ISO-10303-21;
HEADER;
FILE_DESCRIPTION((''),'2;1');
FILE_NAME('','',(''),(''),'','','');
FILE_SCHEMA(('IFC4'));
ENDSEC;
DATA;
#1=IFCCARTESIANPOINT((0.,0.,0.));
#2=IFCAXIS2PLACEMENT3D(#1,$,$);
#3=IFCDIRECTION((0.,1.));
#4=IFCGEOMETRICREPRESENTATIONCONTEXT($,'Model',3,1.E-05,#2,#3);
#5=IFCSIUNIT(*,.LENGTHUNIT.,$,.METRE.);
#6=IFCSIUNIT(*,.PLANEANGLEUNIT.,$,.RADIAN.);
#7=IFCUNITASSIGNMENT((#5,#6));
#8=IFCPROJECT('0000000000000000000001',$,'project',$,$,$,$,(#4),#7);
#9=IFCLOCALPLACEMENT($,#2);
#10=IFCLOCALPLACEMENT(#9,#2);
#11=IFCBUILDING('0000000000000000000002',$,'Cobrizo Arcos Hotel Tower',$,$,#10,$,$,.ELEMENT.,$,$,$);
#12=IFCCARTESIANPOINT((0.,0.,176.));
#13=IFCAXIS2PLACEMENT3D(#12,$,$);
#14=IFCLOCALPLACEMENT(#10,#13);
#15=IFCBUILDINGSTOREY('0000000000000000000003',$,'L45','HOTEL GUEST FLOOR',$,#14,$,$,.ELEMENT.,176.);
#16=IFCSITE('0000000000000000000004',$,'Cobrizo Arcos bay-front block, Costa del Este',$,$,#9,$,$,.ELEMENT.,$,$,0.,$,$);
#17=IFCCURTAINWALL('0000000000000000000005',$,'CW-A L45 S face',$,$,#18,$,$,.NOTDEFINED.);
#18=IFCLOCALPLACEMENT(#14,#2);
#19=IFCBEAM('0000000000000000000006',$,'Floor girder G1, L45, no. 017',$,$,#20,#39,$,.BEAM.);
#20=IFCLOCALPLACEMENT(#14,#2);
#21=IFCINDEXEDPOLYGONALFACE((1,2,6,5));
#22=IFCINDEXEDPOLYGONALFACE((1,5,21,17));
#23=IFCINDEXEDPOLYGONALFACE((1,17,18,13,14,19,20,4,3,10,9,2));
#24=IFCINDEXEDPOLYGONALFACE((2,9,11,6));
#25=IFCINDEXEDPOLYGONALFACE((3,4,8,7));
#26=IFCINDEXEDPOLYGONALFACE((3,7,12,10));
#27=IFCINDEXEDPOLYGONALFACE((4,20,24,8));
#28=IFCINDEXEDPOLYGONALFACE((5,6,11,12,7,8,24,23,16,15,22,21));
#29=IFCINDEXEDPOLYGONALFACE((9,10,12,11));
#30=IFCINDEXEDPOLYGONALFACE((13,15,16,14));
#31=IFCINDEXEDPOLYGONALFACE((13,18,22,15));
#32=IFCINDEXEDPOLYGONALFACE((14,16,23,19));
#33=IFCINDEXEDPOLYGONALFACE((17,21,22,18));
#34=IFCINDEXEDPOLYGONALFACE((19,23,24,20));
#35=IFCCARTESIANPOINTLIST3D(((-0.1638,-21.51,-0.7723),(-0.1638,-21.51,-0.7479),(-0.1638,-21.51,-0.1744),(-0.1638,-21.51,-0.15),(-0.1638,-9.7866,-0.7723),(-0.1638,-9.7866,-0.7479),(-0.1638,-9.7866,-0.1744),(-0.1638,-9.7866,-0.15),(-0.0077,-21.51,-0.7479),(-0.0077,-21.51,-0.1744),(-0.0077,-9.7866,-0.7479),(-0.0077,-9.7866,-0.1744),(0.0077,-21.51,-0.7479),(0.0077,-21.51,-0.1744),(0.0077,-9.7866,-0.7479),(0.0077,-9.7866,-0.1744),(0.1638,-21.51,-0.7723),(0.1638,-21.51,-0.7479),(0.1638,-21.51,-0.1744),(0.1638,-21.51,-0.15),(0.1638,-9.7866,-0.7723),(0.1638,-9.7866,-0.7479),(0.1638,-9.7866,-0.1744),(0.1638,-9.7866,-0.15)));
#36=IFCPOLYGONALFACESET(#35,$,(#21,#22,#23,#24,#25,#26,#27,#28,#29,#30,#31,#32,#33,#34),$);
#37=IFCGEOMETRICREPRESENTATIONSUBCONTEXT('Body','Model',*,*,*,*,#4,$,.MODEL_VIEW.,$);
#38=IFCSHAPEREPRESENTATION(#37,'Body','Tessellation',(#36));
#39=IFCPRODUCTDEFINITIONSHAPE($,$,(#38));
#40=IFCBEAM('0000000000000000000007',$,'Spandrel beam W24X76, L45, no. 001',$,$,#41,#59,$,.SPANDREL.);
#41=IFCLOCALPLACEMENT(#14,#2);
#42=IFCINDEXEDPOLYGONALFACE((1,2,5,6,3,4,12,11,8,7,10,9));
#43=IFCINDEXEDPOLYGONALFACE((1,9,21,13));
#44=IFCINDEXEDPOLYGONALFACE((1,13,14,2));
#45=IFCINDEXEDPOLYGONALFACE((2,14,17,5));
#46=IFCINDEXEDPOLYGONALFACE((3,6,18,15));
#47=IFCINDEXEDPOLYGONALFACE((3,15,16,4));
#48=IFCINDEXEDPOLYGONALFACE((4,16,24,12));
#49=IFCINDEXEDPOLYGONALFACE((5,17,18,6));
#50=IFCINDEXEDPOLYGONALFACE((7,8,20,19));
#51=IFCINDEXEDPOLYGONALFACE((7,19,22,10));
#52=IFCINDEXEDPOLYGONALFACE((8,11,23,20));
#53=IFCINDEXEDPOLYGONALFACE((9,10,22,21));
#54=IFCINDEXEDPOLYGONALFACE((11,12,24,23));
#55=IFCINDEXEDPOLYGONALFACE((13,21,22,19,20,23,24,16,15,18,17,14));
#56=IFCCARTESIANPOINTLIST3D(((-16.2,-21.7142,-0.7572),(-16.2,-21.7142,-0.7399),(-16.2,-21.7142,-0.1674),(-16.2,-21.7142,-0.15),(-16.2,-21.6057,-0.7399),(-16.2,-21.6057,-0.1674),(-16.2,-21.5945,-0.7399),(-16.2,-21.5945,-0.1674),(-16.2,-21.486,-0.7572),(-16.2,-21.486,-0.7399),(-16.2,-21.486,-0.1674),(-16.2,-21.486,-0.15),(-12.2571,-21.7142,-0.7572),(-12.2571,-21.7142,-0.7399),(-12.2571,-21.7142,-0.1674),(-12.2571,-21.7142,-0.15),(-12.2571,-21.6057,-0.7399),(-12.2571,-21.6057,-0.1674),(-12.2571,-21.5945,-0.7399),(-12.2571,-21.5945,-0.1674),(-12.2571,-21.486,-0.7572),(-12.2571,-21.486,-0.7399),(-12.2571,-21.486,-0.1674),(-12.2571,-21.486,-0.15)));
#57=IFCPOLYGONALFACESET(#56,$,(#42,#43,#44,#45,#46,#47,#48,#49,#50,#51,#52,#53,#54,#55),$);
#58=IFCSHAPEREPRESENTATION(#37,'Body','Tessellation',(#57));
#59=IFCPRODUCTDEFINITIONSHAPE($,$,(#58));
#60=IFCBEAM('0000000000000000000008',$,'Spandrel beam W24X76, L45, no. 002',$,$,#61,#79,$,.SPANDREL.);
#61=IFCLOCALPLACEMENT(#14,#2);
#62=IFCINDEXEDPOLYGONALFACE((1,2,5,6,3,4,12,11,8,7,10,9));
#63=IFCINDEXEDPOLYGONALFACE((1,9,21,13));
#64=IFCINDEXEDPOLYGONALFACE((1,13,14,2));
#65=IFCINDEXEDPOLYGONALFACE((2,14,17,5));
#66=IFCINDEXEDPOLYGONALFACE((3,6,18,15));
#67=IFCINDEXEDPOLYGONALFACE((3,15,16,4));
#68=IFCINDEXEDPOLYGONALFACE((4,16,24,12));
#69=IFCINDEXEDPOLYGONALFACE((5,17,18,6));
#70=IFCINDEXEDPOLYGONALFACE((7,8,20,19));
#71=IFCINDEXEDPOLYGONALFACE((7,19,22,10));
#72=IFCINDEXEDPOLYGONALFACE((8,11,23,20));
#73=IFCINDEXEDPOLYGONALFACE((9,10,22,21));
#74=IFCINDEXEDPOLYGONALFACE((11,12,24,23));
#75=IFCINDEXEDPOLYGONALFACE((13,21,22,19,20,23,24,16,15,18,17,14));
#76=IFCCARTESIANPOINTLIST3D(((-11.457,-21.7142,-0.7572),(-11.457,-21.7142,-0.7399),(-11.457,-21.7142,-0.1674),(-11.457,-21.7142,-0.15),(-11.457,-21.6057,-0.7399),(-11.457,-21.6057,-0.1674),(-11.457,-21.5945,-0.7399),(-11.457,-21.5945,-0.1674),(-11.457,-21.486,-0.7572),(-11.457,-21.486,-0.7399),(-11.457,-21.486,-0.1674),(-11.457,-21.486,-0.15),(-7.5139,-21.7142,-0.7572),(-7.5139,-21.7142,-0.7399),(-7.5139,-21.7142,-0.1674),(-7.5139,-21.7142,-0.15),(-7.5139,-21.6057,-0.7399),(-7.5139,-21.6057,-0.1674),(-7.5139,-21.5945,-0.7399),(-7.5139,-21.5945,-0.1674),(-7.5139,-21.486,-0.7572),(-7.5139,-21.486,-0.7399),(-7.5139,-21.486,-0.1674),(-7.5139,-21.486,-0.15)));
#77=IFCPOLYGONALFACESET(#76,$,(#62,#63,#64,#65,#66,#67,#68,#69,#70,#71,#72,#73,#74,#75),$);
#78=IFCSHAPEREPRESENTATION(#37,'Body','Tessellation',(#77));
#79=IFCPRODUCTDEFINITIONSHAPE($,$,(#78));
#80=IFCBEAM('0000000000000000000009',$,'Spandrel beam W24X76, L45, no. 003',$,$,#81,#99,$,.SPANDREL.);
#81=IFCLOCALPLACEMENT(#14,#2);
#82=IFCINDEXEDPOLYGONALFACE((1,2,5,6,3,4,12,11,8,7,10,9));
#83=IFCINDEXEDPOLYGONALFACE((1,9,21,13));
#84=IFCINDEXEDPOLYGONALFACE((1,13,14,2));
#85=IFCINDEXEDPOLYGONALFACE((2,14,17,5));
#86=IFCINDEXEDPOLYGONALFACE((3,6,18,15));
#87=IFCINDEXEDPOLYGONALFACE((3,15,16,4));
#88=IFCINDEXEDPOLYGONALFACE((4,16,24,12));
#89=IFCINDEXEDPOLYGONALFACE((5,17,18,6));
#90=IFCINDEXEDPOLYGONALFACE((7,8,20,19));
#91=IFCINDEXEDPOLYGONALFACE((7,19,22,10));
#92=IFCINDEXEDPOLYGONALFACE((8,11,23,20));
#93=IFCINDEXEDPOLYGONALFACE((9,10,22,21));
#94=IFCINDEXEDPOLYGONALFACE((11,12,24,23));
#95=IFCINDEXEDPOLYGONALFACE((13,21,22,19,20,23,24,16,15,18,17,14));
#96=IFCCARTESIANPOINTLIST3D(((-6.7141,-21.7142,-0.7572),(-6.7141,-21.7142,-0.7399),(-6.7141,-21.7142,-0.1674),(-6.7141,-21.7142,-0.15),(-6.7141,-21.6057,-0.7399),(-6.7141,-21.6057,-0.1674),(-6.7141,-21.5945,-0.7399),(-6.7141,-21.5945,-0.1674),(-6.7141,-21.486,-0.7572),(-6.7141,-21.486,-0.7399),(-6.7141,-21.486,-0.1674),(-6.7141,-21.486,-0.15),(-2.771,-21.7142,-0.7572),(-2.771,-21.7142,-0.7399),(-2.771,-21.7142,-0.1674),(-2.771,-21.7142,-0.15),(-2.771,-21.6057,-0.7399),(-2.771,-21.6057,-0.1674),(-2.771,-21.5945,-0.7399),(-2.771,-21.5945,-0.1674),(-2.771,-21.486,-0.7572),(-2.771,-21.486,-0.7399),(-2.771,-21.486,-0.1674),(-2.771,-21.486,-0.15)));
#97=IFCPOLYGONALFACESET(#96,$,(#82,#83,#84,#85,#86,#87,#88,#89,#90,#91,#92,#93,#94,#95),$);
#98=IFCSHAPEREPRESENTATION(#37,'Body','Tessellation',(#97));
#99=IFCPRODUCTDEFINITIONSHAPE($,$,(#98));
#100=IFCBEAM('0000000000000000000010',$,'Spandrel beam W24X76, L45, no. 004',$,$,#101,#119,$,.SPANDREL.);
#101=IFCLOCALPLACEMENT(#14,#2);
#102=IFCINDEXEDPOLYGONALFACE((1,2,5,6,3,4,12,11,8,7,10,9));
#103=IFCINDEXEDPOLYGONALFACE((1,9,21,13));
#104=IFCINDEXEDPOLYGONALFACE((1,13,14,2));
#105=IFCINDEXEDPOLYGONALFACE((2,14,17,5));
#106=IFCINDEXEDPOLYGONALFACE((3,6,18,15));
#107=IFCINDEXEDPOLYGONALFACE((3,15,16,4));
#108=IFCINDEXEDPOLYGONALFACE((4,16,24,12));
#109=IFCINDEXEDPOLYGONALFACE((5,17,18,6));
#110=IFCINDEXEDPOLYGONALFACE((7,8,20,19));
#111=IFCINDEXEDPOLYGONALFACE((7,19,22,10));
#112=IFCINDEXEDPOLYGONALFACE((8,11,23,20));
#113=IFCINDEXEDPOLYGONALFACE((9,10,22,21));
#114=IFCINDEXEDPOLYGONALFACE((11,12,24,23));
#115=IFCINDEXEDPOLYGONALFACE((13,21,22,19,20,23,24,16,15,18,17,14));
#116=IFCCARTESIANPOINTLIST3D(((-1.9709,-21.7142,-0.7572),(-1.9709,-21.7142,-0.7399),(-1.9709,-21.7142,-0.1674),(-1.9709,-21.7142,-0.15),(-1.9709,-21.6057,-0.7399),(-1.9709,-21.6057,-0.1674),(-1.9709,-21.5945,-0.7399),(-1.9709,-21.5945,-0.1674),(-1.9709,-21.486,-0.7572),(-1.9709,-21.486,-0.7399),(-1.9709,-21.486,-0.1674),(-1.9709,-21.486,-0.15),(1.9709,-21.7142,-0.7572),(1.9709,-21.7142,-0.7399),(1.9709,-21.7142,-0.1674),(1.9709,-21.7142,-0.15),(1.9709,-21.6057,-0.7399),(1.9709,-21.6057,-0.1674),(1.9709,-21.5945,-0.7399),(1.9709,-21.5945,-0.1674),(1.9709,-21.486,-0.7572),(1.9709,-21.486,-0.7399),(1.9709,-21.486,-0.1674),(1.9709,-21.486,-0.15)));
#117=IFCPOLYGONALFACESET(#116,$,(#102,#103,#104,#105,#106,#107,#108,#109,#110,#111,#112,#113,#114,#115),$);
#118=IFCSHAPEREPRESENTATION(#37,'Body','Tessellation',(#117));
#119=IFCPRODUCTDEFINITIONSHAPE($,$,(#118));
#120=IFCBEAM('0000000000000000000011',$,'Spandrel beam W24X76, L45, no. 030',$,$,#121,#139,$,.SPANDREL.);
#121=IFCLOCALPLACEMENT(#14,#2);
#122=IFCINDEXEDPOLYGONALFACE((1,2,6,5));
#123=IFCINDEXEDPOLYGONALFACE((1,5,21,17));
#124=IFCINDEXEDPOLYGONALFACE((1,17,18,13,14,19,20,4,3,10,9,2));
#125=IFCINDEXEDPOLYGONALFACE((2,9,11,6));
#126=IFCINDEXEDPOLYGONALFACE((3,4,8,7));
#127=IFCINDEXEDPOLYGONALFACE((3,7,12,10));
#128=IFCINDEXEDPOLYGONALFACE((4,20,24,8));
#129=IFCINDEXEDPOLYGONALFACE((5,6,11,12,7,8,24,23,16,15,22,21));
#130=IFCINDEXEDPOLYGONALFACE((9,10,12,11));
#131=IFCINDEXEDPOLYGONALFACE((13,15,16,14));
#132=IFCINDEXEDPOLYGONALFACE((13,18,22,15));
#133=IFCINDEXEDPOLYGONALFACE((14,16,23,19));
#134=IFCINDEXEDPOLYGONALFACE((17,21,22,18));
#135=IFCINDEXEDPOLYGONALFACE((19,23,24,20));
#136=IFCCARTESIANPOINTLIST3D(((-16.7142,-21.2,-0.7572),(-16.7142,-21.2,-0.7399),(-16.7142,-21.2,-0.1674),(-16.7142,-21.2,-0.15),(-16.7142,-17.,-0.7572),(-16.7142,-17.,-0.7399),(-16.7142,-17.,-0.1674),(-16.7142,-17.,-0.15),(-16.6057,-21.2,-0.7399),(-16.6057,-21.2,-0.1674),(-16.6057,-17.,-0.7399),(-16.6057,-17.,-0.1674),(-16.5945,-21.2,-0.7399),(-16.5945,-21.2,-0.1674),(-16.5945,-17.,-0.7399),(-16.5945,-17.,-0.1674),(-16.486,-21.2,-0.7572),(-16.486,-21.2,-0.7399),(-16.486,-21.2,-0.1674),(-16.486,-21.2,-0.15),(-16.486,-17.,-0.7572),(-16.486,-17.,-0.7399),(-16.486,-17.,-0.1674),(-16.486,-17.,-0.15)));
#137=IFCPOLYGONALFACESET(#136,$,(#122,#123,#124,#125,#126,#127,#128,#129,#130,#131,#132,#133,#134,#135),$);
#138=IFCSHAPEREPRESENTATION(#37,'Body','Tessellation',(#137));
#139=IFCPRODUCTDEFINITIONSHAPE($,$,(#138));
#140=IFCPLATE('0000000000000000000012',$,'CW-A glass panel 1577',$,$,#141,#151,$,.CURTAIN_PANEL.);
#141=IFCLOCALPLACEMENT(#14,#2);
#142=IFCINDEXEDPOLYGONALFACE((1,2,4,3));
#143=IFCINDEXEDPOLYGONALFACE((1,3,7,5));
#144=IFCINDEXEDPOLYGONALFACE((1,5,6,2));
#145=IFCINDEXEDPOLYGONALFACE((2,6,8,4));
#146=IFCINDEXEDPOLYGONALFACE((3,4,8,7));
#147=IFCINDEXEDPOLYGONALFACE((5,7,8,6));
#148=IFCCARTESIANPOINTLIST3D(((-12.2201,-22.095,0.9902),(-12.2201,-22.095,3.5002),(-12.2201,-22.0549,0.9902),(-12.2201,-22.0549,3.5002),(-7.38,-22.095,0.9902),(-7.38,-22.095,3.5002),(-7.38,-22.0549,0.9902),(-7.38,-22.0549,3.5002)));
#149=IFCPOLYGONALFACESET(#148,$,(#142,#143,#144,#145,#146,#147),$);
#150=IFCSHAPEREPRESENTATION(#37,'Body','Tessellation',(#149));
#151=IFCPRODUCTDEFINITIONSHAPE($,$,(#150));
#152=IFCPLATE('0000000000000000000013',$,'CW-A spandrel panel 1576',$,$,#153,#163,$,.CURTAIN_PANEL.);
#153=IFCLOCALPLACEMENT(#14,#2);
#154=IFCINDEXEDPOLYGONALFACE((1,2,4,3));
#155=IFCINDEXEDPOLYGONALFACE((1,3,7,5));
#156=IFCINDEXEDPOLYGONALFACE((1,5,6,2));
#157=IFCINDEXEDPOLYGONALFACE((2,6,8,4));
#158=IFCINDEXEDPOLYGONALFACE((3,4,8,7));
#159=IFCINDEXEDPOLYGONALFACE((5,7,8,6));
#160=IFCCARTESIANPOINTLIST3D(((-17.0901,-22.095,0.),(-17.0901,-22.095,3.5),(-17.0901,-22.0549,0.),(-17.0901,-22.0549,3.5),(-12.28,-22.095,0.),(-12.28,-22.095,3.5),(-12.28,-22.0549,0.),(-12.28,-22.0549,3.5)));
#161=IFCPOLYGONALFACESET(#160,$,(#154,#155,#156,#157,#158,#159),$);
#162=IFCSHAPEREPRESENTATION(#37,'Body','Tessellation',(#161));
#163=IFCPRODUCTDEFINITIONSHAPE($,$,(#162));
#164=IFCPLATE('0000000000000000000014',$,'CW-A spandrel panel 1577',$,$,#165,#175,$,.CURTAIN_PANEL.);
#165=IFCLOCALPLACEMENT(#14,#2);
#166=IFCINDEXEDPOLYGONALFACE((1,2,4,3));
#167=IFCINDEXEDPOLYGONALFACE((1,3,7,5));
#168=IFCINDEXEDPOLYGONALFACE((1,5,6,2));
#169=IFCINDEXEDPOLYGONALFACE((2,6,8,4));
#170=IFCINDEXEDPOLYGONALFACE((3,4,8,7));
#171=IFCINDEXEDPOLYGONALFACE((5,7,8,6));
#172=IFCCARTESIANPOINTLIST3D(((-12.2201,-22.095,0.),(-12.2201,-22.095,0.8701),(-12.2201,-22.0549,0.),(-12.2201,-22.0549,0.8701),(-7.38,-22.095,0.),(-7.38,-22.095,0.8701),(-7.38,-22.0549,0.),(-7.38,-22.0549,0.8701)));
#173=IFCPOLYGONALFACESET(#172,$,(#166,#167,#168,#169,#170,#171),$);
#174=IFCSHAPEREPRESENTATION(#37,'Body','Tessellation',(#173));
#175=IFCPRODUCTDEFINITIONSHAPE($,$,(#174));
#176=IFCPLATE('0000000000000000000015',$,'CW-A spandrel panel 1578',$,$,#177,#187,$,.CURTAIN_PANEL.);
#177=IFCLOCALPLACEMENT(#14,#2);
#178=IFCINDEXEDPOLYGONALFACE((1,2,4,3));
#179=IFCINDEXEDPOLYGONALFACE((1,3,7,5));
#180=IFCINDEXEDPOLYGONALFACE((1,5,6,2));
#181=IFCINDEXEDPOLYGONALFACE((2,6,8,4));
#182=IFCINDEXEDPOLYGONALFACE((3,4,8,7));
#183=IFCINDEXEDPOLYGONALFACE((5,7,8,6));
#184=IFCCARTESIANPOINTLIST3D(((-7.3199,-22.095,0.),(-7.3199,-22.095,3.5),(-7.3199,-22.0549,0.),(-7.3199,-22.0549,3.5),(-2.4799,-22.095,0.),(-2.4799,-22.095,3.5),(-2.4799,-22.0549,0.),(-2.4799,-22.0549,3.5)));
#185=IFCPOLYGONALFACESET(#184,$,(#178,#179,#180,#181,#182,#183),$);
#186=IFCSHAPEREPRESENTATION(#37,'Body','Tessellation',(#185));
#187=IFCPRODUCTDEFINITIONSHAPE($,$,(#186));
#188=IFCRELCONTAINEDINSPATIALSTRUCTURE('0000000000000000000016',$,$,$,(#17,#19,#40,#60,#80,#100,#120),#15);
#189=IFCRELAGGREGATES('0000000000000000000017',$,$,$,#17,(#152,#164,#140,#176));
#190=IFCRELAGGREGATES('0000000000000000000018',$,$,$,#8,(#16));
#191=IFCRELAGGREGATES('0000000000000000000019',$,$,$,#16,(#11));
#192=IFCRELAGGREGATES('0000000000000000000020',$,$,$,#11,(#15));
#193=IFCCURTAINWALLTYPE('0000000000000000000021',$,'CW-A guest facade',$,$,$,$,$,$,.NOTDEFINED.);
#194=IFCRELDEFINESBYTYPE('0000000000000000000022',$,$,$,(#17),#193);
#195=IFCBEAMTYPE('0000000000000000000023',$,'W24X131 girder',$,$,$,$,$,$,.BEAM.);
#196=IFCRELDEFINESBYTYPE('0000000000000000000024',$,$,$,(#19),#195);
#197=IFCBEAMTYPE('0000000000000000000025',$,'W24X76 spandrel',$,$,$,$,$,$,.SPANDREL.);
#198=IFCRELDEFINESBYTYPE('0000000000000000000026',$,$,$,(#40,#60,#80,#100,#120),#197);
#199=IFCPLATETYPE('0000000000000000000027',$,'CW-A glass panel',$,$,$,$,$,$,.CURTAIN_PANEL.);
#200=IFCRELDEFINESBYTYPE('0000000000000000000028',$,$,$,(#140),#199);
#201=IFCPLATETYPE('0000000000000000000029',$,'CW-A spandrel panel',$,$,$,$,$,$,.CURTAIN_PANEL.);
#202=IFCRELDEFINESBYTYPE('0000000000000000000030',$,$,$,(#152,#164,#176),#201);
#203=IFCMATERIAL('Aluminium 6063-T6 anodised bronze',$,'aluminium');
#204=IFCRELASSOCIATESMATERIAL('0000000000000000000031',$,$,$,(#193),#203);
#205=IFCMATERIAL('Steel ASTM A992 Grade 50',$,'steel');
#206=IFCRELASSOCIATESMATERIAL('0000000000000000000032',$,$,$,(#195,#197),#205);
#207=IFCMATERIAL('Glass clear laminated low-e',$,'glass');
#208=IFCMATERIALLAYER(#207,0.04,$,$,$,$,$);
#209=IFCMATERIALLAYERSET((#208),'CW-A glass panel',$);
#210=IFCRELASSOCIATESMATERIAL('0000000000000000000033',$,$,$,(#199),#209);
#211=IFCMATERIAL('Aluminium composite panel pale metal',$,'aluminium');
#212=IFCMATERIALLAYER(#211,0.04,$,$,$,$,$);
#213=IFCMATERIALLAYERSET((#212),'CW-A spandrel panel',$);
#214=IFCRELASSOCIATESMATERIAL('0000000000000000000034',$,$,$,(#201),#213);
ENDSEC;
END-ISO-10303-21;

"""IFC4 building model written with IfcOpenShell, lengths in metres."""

from ifc_helpers import new_model, si_unit, direction, frame, origin, origin_2d, place, context, subcontext, project, spatial, rectangle, i_section, extrude, material, layer, layer_set, material_profile, profile_set, type_object, element, aggregate, save


model = new_model("IFC4")

# Units and contexts
model_context = context("Model", 3, precision=1e-05, world=origin(), true_north=direction((0.0, 1.0)))
body_context = subcontext(model_context, "Body", "Model", "MODEL_VIEW")
ifc_project = project(units=[si_unit("LENGTHUNIT", "METRE"), si_unit("PLANEANGLEUNIT", "RADIAN")], contexts=[model_context])

# Site, building, storey
site_placement = place(None, origin())
site = spatial("IfcSite", under=ifc_project, at=site_placement, Name="Cobrizo Arcos bay-front block, Costa del Este", CompositionType="ELEMENT", RefElevation=0.0)
building_placement = place(site_placement, origin())
building = spatial("IfcBuilding", under=site, at=building_placement, Name="Cobrizo Arcos Hotel Tower", CompositionType="ELEMENT")
storey_placement = place(building_placement, frame((0.0, 0.0, 176.0)))
storey = spatial("IfcBuildingStorey", under=building, at=storey_placement, Name="L45", Description="HOTEL GUEST FLOOR", CompositionType="ELEMENT", Elevation=176.0)

# Curtain wall
ifc_material_1 = material(Name="Aluminium 6063-T6 anodised bronze", Category="aluminium")
curtain_wall_type = type_object("IfcCurtainWallType", Name="CW-A guest facade", PredefinedType="NOTDEFINED", material=ifc_material_1)
curtain_wall_placement = place(storey_placement, origin())
curtain_wall = element("IfcCurtainWall", 1, at=curtain_wall_placement, inside=storey, type_object=curtain_wall_type, Name="CW-A L45 S face", PredefinedType="NOTDEFINED")

# Beams
ifc_material_2 = material(Name="Steel ASTM A992 Grade 50", Category="steel")
ifc_material_profile_1 = material_profile(ifc_material_2, i_section(OverallWidth=0.3276, OverallDepth=0.6223, WebThickness=0.0154, FlangeThickness=0.0244, at=origin_2d()), Name="W24X131")
ifc_profile_set_1 = profile_set([ifc_material_profile_1], Name="Steel ASTM A992 Grade 50")
beam_type_1 = type_object("IfcBeamType", Name="W24X131 girder", PredefinedType="BEAM", material=ifc_profile_set_1)
for number, where, z_axis, x_axis, name in (
    (2, (0.0, -21.51, -0.4612), (0.0, 1.0, 0.0), (-1.0, 0.0, 0.0), "Floor girder G1, L45, no. 017"),
):
    element("IfcBeam", number, at=place(storey_placement, frame(where, z_axis=z_axis, x_axis=x_axis)), inside=storey, type_object=beam_type_1, Name=name, PredefinedType="BEAM", context=body_context, shape_type="SweptSolid", body=[
        extrude(i_section(OverallWidth=0.3276, OverallDepth=0.6223, WebThickness=0.0154, FlangeThickness=0.0244, at=origin_2d()), origin(), (0.0, 0.0, 1.0), 11.7234),
    ])
ifc_material_profile_2 = material_profile(ifc_material_2, i_section(OverallWidth=0.2283, OverallDepth=0.6072, WebThickness=0.0112, FlangeThickness=0.0173, at=origin_2d()), Name="W24X76")
ifc_profile_set_2 = profile_set([ifc_material_profile_2], Name="Steel ASTM A992 Grade 50")
beam_type_2 = type_object("IfcBeamType", Name="W24X76 spandrel", PredefinedType="SPANDREL", material=ifc_profile_set_2)
beam_1_placement = place(storey_placement, frame((-16.2, -21.6001, -0.4536), z_axis=(1.0, 0.0, 0.0), x_axis=(0.0, 1.0, 0.0)))
element("IfcBeam", 3, at=beam_1_placement, inside=storey, type_object=beam_type_2, Name="Spandrel beam W24X76, L45, no. 001", PredefinedType="SPANDREL", context=body_context, shape_type="SweptSolid", body=[
    extrude(i_section(OverallWidth=0.2283, OverallDepth=0.6072, WebThickness=0.0112, FlangeThickness=0.0173, at=origin_2d()), origin(), (0.0, 0.0, 1.0), 3.9429),
])
for number, where, z_axis, x_axis, name in (
    (4, (-11.457, -21.6001, -0.4536), (1.0, 0.0, 0.0), (0.0, 1.0, 0.0), "Spandrel beam W24X76, L45, no. 002"),
    (5, (-6.7141, -21.6001, -0.4536), (1.0, 0.0, 0.0), (0.0, 1.0, 0.0), "Spandrel beam W24X76, L45, no. 003"),
):
    element("IfcBeam", number, at=place(storey_placement, frame(where, z_axis=z_axis, x_axis=x_axis)), inside=storey, type_object=beam_type_2, Name=name, PredefinedType="SPANDREL", context=body_context, shape_type="SweptSolid", body=[
        extrude(i_section(OverallWidth=0.2283, OverallDepth=0.6072, WebThickness=0.0112, FlangeThickness=0.0173, at=origin_2d()), origin(), (0.0, 0.0, 1.0), 3.9431),
    ])
beam_2_placement = place(storey_placement, frame((-1.9709, -21.6001, -0.4536), z_axis=(1.0, 0.0, 0.0), x_axis=(0.0, 1.0, 0.0)))
element("IfcBeam", 6, at=beam_2_placement, inside=storey, type_object=beam_type_2, Name="Spandrel beam W24X76, L45, no. 004", PredefinedType="SPANDREL", context=body_context, shape_type="SweptSolid", body=[
    extrude(i_section(OverallWidth=0.2283, OverallDepth=0.6072, WebThickness=0.0112, FlangeThickness=0.0173, at=origin_2d()), origin(), (0.0, 0.0, 1.0), 3.9419),
])
beam_3_placement = place(storey_placement, frame((-16.6001, -17.0, -0.4536), z_axis=(0.0, -1.0, 0.0), x_axis=(1.0, 0.0, 0.0)))
element("IfcBeam", 7, at=beam_3_placement, inside=storey, type_object=beam_type_2, Name="Spandrel beam W24X76, L45, no. 030", PredefinedType="SPANDREL", context=body_context, shape_type="SweptSolid", body=[
    extrude(i_section(OverallWidth=0.2283, OverallDepth=0.6072, WebThickness=0.0112, FlangeThickness=0.0173, at=origin_2d()), origin(), (0.0, 0.0, 1.0), 4.2),
])

# Plates
ifc_material_3 = material(Name="Glass clear laminated low-e", Category="glass")
ifc_layer_1 = layer(ifc_material_3, 0.04)
ifc_layer_set_1 = layer_set([ifc_layer_1], Name="CW-A glass panel")
plate_type_1 = type_object("IfcPlateType", Name="CW-A glass panel", PredefinedType="CURTAIN_PANEL", material=ifc_layer_set_1)
plate_1_placement = place(storey_placement, frame((-9.8, -22.075, 0.9902), z_axis=(0.0, 0.0, 1.0), x_axis=(1.0, 0.0, 0.0)))
plate_1 = element("IfcPlate", 8, at=plate_1_placement, type_object=plate_type_1, Name="CW-A glass panel 1577", PredefinedType="CURTAIN_PANEL", context=body_context, shape_type="SweptSolid", body=[
    extrude(rectangle(XDim=4.8401, YDim=0.04, at=origin_2d()), origin(), (0.0, 0.0, 1.0), 2.51),
])
ifc_material_4 = material(Name="Aluminium composite panel pale metal", Category="aluminium")
ifc_layer_2 = layer(ifc_material_4, 0.04)
ifc_layer_set_2 = layer_set([ifc_layer_2], Name="CW-A spandrel panel")
plate_type_2 = type_object("IfcPlateType", Name="CW-A spandrel panel", PredefinedType="CURTAIN_PANEL", material=ifc_layer_set_2)
plate_2_placement = place(storey_placement, frame((-14.6851, -22.075, 0.0), z_axis=(0.0, 0.0, 1.0), x_axis=(1.0, 0.0, 0.0)))
plate_2 = element("IfcPlate", 9, at=plate_2_placement, type_object=plate_type_2, Name="CW-A spandrel panel 1576", PredefinedType="CURTAIN_PANEL", context=body_context, shape_type="SweptSolid", body=[
    extrude(rectangle(XDim=4.8101, YDim=0.04, at=origin_2d()), origin(), (0.0, 0.0, 1.0), 3.5),
])
plate_3_placement = place(storey_placement, frame((-9.8, -22.075, 0.0), z_axis=(0.0, 0.0, 1.0), x_axis=(1.0, 0.0, 0.0)))
plate_3 = element("IfcPlate", 10, at=plate_3_placement, type_object=plate_type_2, Name="CW-A spandrel panel 1577", PredefinedType="CURTAIN_PANEL", context=body_context, shape_type="SweptSolid", body=[
    extrude(rectangle(XDim=4.8401, YDim=0.04, at=origin_2d()), origin(), (0.0, 0.0, 1.0), 0.8701),
])
plate_4_placement = place(storey_placement, frame((-4.8999, -22.075, 0.0), z_axis=(0.0, 0.0, 1.0), x_axis=(1.0, 0.0, 0.0)))
plate_4 = element("IfcPlate", 11, at=plate_4_placement, type_object=plate_type_2, Name="CW-A spandrel panel 1578", PredefinedType="CURTAIN_PANEL", context=body_context, shape_type="SweptSolid", body=[
    extrude(rectangle(XDim=4.8401, YDim=0.04, at=origin_2d()), origin(), (0.0, 0.0, 1.0), 3.5),
])
aggregate(curtain_wall, [plate_2, plate_3, plate_1, plate_4])

save(model, "model.ifc")
